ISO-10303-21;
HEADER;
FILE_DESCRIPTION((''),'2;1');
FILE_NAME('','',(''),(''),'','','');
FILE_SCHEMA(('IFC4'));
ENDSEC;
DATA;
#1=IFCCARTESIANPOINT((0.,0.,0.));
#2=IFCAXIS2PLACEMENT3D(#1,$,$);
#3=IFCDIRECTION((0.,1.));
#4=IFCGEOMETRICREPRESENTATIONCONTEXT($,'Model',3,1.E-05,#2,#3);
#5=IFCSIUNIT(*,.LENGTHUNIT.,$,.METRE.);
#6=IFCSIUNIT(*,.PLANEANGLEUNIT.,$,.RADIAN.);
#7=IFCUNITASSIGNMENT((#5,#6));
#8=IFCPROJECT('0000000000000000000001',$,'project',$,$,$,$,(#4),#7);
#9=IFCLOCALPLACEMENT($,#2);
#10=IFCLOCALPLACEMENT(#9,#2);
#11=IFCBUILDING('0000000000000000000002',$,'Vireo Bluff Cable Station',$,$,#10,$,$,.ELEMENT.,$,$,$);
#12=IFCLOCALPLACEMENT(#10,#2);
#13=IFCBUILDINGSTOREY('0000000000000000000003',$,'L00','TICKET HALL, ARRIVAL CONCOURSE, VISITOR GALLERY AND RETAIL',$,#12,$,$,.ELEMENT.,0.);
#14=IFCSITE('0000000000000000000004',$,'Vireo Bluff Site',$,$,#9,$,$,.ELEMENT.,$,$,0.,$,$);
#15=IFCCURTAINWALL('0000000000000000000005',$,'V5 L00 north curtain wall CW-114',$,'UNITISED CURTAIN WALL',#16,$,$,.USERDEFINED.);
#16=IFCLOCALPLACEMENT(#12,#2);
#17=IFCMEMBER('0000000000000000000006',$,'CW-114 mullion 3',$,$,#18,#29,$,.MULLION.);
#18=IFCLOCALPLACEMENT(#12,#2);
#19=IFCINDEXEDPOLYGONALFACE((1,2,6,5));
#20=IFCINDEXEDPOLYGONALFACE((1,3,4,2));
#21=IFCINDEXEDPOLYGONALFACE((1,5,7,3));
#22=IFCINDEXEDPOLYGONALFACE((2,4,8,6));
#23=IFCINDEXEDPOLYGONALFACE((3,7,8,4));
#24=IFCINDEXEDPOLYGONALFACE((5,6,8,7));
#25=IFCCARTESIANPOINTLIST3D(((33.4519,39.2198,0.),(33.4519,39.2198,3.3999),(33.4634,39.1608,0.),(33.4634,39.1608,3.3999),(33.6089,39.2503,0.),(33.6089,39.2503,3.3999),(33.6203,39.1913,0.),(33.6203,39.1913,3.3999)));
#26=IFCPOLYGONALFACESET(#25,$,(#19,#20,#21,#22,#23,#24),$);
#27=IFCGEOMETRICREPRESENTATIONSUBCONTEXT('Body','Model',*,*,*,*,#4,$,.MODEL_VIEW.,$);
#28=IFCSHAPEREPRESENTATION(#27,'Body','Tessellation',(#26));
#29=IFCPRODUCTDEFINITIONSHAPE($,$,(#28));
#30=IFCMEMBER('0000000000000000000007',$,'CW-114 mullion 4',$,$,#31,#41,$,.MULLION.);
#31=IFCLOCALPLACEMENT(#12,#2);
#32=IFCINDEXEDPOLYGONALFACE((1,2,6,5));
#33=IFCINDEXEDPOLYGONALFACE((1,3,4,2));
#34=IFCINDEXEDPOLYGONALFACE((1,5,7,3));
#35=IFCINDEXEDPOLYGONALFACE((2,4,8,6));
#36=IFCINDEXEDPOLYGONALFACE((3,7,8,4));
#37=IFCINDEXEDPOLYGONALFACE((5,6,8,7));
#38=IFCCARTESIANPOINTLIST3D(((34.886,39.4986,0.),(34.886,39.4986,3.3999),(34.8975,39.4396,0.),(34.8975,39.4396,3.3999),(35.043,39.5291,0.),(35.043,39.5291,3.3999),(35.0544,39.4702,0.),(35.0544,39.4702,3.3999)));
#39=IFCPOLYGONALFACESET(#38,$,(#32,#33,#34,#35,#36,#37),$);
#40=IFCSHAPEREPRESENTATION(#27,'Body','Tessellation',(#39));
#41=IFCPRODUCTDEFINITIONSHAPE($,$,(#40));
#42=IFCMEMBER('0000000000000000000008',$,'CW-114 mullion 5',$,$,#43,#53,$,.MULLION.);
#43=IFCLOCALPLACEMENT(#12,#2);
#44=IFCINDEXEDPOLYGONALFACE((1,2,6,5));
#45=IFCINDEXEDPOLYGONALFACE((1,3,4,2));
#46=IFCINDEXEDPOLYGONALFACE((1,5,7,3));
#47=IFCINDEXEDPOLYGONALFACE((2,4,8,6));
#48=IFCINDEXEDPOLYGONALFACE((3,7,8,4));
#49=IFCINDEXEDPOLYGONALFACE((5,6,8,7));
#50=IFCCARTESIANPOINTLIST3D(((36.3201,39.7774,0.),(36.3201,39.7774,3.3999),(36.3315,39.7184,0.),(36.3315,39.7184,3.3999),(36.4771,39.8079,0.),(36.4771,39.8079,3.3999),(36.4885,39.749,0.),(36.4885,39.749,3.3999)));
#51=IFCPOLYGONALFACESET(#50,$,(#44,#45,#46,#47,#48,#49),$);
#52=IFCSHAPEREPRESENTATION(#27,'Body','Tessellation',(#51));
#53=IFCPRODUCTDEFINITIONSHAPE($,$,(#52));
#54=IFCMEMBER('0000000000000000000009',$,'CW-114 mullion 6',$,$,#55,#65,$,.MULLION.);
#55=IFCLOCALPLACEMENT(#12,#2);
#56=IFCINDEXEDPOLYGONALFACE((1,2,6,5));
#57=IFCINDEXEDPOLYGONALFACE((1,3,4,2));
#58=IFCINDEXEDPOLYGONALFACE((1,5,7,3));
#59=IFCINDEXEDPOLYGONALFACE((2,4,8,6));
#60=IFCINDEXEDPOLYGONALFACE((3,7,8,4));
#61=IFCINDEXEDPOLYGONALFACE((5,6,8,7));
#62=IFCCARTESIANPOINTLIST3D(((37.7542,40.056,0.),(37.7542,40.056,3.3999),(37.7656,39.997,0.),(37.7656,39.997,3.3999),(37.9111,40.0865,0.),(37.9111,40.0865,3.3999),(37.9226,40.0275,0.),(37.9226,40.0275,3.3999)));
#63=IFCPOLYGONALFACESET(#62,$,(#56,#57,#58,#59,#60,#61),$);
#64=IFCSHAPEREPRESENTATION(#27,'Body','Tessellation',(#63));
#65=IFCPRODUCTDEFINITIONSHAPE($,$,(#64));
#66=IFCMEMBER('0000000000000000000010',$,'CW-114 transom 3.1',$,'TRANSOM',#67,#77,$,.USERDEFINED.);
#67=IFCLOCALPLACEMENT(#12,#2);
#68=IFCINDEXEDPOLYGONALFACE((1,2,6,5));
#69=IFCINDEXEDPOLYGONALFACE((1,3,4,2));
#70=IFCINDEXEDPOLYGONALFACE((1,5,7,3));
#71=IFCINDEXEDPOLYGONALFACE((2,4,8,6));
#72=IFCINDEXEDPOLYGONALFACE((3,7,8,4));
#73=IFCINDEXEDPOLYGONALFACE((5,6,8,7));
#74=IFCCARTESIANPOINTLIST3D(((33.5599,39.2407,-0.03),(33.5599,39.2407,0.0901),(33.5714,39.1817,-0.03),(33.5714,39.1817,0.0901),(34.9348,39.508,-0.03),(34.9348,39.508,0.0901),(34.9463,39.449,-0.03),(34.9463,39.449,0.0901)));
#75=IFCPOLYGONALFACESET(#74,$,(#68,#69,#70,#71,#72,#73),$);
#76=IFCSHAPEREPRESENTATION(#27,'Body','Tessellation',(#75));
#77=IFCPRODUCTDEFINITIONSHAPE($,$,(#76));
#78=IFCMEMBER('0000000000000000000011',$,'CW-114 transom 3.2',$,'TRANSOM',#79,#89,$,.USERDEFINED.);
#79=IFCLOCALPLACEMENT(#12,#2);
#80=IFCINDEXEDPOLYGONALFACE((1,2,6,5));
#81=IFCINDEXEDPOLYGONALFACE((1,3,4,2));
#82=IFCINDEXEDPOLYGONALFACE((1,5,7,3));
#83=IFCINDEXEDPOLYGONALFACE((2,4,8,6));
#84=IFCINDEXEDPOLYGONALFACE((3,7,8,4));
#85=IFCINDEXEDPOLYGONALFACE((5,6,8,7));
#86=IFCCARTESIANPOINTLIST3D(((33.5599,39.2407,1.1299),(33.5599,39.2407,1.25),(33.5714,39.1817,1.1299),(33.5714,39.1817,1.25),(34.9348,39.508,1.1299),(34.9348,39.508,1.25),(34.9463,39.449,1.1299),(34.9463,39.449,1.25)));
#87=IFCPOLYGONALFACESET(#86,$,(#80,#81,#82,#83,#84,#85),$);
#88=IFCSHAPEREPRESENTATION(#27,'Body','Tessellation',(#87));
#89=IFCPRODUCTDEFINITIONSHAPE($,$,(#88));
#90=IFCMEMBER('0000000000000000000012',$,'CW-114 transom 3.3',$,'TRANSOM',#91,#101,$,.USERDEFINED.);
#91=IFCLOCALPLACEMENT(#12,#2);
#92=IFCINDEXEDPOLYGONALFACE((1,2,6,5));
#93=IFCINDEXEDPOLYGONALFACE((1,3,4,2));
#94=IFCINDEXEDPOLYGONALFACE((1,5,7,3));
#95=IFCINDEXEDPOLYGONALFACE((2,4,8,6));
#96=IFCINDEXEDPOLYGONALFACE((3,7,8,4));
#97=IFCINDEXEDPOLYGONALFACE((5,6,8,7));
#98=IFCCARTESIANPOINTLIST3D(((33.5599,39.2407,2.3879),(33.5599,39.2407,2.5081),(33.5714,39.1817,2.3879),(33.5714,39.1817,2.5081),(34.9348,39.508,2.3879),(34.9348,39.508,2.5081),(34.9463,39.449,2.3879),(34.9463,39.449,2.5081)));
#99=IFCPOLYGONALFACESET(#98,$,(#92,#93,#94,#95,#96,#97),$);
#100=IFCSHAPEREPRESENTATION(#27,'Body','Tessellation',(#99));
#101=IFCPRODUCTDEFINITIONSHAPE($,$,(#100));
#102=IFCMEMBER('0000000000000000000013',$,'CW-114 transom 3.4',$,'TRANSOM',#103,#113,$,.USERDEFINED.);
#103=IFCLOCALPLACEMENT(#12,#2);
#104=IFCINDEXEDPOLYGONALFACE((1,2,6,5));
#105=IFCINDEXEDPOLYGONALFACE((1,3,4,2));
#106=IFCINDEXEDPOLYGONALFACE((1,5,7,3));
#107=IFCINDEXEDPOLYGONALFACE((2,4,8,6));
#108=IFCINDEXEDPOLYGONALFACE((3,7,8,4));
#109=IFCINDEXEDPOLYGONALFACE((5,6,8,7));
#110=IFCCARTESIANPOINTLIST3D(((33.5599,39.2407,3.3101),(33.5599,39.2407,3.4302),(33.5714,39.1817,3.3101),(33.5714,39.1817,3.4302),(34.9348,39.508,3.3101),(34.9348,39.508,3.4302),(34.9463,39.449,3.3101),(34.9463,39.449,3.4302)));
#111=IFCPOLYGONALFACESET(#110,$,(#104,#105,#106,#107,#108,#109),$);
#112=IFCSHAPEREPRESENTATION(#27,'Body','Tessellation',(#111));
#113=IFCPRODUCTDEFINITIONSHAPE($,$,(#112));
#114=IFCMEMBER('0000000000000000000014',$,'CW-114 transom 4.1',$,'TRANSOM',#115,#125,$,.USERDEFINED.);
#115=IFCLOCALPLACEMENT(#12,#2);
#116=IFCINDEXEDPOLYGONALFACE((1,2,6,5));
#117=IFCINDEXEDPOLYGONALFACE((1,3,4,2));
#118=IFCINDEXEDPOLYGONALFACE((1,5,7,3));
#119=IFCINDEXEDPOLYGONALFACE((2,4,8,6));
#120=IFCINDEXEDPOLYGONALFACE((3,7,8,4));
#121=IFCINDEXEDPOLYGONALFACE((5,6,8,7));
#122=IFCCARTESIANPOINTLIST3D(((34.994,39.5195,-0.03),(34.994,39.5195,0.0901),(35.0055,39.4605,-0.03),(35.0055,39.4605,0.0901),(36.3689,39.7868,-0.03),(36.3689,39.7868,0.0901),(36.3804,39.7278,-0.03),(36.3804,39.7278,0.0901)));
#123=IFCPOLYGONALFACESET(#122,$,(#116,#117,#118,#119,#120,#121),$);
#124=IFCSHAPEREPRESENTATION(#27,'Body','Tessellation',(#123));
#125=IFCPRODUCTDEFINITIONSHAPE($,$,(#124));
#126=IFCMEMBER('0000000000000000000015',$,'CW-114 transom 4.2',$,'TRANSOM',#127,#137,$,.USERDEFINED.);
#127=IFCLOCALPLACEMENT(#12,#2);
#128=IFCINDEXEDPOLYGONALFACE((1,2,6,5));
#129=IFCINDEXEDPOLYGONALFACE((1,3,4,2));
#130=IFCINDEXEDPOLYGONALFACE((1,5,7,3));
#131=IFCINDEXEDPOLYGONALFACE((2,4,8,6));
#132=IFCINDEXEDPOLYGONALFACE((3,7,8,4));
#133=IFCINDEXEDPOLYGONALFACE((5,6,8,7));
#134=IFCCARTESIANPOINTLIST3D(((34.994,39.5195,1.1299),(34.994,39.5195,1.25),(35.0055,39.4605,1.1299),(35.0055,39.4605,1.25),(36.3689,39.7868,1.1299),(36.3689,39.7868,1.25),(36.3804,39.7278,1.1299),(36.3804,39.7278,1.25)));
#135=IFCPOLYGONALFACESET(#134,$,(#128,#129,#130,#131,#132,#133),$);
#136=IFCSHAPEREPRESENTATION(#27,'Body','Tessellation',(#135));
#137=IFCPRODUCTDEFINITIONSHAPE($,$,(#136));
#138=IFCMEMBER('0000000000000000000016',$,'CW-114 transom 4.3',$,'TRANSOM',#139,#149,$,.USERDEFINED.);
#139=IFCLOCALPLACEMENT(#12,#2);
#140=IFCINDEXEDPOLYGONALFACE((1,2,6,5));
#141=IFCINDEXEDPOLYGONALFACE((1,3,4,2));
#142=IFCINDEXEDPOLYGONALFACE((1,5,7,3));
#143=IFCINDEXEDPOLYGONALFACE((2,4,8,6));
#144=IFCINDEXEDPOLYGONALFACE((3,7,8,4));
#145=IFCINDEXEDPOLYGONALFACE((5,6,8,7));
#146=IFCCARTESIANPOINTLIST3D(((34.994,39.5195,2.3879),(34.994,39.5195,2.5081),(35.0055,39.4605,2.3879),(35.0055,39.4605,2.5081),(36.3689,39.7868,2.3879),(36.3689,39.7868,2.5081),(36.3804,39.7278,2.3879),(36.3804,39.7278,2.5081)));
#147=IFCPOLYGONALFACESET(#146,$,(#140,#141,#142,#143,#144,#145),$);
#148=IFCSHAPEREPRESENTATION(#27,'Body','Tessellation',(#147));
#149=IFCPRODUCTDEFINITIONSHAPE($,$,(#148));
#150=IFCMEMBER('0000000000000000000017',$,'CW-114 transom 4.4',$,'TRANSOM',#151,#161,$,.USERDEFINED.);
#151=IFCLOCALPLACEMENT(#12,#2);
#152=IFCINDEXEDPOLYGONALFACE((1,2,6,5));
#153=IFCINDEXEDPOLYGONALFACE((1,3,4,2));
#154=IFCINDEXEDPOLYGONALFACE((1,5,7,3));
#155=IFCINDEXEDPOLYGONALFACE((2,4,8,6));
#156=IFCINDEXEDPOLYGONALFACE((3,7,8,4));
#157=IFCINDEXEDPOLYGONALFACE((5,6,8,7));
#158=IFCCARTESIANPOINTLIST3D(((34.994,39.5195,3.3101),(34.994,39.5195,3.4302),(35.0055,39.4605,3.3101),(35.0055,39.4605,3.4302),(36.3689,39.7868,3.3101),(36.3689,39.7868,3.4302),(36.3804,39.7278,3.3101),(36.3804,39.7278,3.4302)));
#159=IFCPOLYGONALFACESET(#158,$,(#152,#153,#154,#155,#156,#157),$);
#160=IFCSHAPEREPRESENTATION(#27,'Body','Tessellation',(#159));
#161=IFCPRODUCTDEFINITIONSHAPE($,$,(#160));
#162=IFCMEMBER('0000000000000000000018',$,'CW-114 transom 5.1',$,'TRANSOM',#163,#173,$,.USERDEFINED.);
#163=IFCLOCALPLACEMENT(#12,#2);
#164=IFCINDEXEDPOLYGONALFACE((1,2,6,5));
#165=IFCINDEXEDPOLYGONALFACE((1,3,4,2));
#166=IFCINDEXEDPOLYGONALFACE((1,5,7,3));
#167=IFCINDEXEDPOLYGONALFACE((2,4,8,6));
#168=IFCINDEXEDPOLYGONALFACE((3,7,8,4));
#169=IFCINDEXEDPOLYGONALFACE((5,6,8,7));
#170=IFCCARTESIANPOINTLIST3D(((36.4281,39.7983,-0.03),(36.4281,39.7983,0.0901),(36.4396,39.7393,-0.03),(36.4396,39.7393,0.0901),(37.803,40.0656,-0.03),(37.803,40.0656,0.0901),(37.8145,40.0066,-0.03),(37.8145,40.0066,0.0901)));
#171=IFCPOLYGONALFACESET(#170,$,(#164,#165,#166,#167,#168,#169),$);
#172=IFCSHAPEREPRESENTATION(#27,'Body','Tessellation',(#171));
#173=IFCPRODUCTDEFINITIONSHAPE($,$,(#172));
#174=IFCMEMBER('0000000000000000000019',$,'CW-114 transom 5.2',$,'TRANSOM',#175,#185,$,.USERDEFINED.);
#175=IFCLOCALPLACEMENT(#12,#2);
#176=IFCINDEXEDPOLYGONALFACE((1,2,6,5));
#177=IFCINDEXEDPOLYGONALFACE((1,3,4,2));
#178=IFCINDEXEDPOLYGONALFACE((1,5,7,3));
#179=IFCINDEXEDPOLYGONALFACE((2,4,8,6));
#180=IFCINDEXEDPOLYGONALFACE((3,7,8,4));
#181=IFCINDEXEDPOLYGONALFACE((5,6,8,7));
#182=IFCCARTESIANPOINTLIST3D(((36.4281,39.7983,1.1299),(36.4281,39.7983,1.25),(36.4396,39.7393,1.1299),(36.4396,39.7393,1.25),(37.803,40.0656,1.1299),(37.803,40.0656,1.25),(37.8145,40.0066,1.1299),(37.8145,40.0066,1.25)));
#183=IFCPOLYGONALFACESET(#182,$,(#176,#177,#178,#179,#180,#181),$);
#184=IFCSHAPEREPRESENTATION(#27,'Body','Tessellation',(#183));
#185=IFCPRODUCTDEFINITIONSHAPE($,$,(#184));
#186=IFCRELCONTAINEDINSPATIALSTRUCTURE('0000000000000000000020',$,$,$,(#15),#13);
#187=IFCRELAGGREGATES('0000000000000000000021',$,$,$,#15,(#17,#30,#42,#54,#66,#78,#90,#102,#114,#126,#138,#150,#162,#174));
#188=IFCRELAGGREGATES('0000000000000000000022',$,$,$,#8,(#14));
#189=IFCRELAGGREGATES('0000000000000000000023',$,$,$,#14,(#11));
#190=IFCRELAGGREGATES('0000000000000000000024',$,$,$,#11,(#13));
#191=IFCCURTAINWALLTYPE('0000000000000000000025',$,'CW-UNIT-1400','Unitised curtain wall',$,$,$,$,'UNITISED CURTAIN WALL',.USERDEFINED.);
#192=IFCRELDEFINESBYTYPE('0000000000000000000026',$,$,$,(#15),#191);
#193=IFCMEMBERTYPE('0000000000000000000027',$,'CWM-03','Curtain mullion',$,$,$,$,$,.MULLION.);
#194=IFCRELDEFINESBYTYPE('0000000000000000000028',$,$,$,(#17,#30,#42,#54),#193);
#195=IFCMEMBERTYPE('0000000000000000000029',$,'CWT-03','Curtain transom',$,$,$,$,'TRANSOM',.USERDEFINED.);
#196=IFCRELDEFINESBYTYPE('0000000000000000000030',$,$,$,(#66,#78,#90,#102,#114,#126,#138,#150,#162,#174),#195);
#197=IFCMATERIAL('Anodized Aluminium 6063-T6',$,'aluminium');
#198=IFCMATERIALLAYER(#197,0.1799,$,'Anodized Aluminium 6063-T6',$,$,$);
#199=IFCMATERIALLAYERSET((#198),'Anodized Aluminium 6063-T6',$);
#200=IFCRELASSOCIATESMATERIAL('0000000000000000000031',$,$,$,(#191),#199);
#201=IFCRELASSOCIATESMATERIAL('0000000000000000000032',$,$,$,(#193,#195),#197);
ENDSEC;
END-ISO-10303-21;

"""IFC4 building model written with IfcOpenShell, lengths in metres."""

from ifc_helpers import new_model, si_unit, direction, frame, origin, origin_2d, place, context, subcontext, project, spatial, rectangle, extrude, material, layer, layer_set, material_profile, profile_set, type_object, element, aggregate, save


model = new_model("IFC4")

# Units and contexts
model_context = context("Model", 3, precision=1e-05, world=origin(), true_north=direction((0.0, 1.0)))
body_context = subcontext(model_context, "Body", "Model", "MODEL_VIEW")
ifc_project = project(units=[si_unit("LENGTHUNIT", "METRE"), si_unit("PLANEANGLEUNIT", "RADIAN")], contexts=[model_context])

# Site, building, storey
site_placement = place(None, origin())
site = spatial("IfcSite", under=ifc_project, at=site_placement, Name="Vireo Bluff Site", CompositionType="ELEMENT", RefElevation=0.0)
building_placement = place(site_placement, origin())
building = spatial("IfcBuilding", under=site, at=building_placement, Name="Vireo Bluff Cable Station", CompositionType="ELEMENT")
storey_placement = place(building_placement, origin())
storey = spatial("IfcBuildingStorey", under=building, at=storey_placement, Name="L00", Description="TICKET HALL, ARRIVAL CONCOURSE, VISITOR GALLERY AND RETAIL", CompositionType="ELEMENT", Elevation=0.0)

# Curtain wall, members
ifc_material_1 = material(Name="Anodized Aluminium 6063-T6", Category="aluminium")
ifc_layer_1 = layer(ifc_material_1, 0.1799, Name="Anodized Aluminium 6063-T6")
ifc_layer_set_1 = layer_set([ifc_layer_1], Name="Anodized Aluminium 6063-T6")
curtain_wall_type = type_object("IfcCurtainWallType", Name="CW-UNIT-1400", Description="Unitised curtain wall", ElementType="UNITISED CURTAIN WALL", PredefinedType="USERDEFINED", material=ifc_layer_set_1)
curtain_wall_placement = place(storey_placement, origin())
curtain_wall = element("IfcCurtainWall", 1, at=curtain_wall_placement, inside=storey, type_object=curtain_wall_type, Name="V5 L00 north curtain wall CW-114", ObjectType="UNITISED CURTAIN WALL", PredefinedType="USERDEFINED")
ifc_material_profile_1 = material_profile(ifc_material_1, rectangle(XDim=0.0601, YDim=0.1599, at=origin_2d()), Name="ALU-M-60X160")
ifc_profile_set_1 = profile_set([ifc_material_profile_1], Name="Anodized Aluminium 6063-T6")
member_type_1 = type_object("IfcMemberType", Name="CWM-03", Description="Curtain mullion", PredefinedType="MULLION", material=ifc_profile_set_1)
member_1_placement = place(storey_placement, frame((33.5361, 39.2056, 0.0), z_axis=(0.0, 0.0, 1.0), x_axis=(-0.190809, 0.981627, 0.0)))
member_1 = element("IfcMember", 2, at=member_1_placement, type_object=member_type_1, Name="CW-114 mullion 3", PredefinedType="MULLION", context=body_context, shape_type="SweptSolid", body=[
    extrude(rectangle(XDim=0.0601, YDim=0.1599, at=origin_2d()), origin(), (0.0, 0.0, 1.0), 3.3999),
])
member_2_placement = place(storey_placement, frame((34.9702, 39.4844, 0.0), z_axis=(0.0, 0.0, 1.0), x_axis=(-0.190809, 0.981627, 0.0)))
member_2 = element("IfcMember", 3, at=member_2_placement, type_object=member_type_1, Name="CW-114 mullion 4", PredefinedType="MULLION", context=body_context, shape_type="SweptSolid", body=[
    extrude(rectangle(XDim=0.0601, YDim=0.1599, at=origin_2d()), origin(), (0.0, 0.0, 1.0), 3.3999),
])
member_3_placement = place(storey_placement, frame((36.4043, 39.7632, 0.0), z_axis=(0.0, 0.0, 1.0), x_axis=(-0.190809, 0.981627, 0.0)))
member_3 = element("IfcMember", 4, at=member_3_placement, type_object=member_type_1, Name="CW-114 mullion 5", PredefinedType="MULLION", context=body_context, shape_type="SweptSolid", body=[
    extrude(rectangle(XDim=0.0601, YDim=0.1599, at=origin_2d()), origin(), (0.0, 0.0, 1.0), 3.3999),
])
member_4_placement = place(storey_placement, frame((37.8384, 40.0417, 0.0), z_axis=(0.0, 0.0, 1.0), x_axis=(-0.190809, 0.981627, 0.0)))
member_4 = element("IfcMember", 5, at=member_4_placement, type_object=member_type_1, Name="CW-114 mullion 6", PredefinedType="MULLION", context=body_context, shape_type="SweptSolid", body=[
    extrude(rectangle(XDim=0.0601, YDim=0.1599, at=origin_2d()), origin(), (0.0, 0.0, 1.0), 3.3999),
])
ifc_material_profile_2 = material_profile(ifc_material_1, rectangle(XDim=0.0601, YDim=0.1201, at=origin_2d()), Name="ALU-T-60X120")
ifc_profile_set_2 = profile_set([ifc_material_profile_2], Name="Anodized Aluminium 6063-T6")
member_type_2 = type_object("IfcMemberType", Name="CWT-03", Description="Curtain transom", ElementType="TRANSOM", PredefinedType="USERDEFINED", material=ifc_profile_set_2)
member_5_placement = place(storey_placement, frame((33.5657, 39.2112, 0.03), z_axis=(0.981619, 0.190851, 0.0), x_axis=(-0.190851, 0.981619, 0.0)))
member_5 = element("IfcMember", 6, at=member_5_placement, type_object=member_type_2, Name="CW-114 transom 3.1", ObjectType="TRANSOM", PredefinedType="USERDEFINED", context=body_context, shape_type="SweptSolid", body=[
    extrude(rectangle(XDim=0.0601, YDim=0.1201, at=origin_2d()), origin(), (0.0, 0.0, 1.0), 1.4006),
])
member_6_placement = place(storey_placement, frame((33.5657, 39.2112, 1.1899), z_axis=(0.981619, 0.190851, 0.0), x_axis=(-0.190851, 0.981619, 0.0)))
member_6 = element("IfcMember", 7, at=member_6_placement, type_object=member_type_2, Name="CW-114 transom 3.2", ObjectType="TRANSOM", PredefinedType="USERDEFINED", context=body_context, shape_type="SweptSolid", body=[
    extrude(rectangle(XDim=0.0601, YDim=0.1201, at=origin_2d()), origin(), (0.0, 0.0, 1.0), 1.4006),
])
member_7_placement = place(storey_placement, frame((33.5657, 39.2112, 2.448), z_axis=(0.981619, 0.190851, 0.0), x_axis=(-0.190851, 0.981619, 0.0)))
member_7 = element("IfcMember", 8, at=member_7_placement, type_object=member_type_2, Name="CW-114 transom 3.3", ObjectType="TRANSOM", PredefinedType="USERDEFINED", context=body_context, shape_type="SweptSolid", body=[
    extrude(rectangle(XDim=0.0601, YDim=0.1201, at=origin_2d()), origin(), (0.0, 0.0, 1.0), 1.4006),
])
member_8_placement = place(storey_placement, frame((33.5657, 39.2112, 3.3701), z_axis=(0.981619, 0.190851, 0.0), x_axis=(-0.190851, 0.981619, 0.0)))
member_8 = element("IfcMember", 9, at=member_8_placement, type_object=member_type_2, Name="CW-114 transom 3.4", ObjectType="TRANSOM", PredefinedType="USERDEFINED", context=body_context, shape_type="SweptSolid", body=[
    extrude(rectangle(XDim=0.0601, YDim=0.1201, at=origin_2d()), origin(), (0.0, 0.0, 1.0), 1.4006),
])
member_9_placement = place(storey_placement, frame((34.9998, 39.49, 0.03), z_axis=(0.981619, 0.190851, 0.0), x_axis=(-0.190851, 0.981619, 0.0)))
member_9 = element("IfcMember", 10, at=member_9_placement, type_object=member_type_2, Name="CW-114 transom 4.1", ObjectType="TRANSOM", PredefinedType="USERDEFINED", context=body_context, shape_type="SweptSolid", body=[
    extrude(rectangle(XDim=0.0601, YDim=0.1201, at=origin_2d()), origin(), (0.0, 0.0, 1.0), 1.4006),
])
member_10_placement = place(storey_placement, frame((34.9998, 39.49, 1.1899), z_axis=(0.981619, 0.190851, 0.0), x_axis=(-0.190851, 0.981619, 0.0)))
member_10 = element("IfcMember", 11, at=member_10_placement, type_object=member_type_2, Name="CW-114 transom 4.2", ObjectType="TRANSOM", PredefinedType="USERDEFINED", context=body_context, shape_type="SweptSolid", body=[
    extrude(rectangle(XDim=0.0601, YDim=0.1201, at=origin_2d()), origin(), (0.0, 0.0, 1.0), 1.4006),
])
member_11_placement = place(storey_placement, frame((34.9998, 39.49, 2.448), z_axis=(0.981619, 0.190851, 0.0), x_axis=(-0.190851, 0.981619, 0.0)))
member_11 = element("IfcMember", 12, at=member_11_placement, type_object=member_type_2, Name="CW-114 transom 4.3", ObjectType="TRANSOM", PredefinedType="USERDEFINED", context=body_context, shape_type="SweptSolid", body=[
    extrude(rectangle(XDim=0.0601, YDim=0.1201, at=origin_2d()), origin(), (0.0, 0.0, 1.0), 1.4006),
])
member_12_placement = place(storey_placement, frame((34.9998, 39.49, 3.3701), z_axis=(0.981619, 0.190851, 0.0), x_axis=(-0.190851, 0.981619, 0.0)))
member_12 = element("IfcMember", 13, at=member_12_placement, type_object=member_type_2, Name="CW-114 transom 4.4", ObjectType="TRANSOM", PredefinedType="USERDEFINED", context=body_context, shape_type="SweptSolid", body=[
    extrude(rectangle(XDim=0.0601, YDim=0.1201, at=origin_2d()), origin(), (0.0, 0.0, 1.0), 1.4006),
])
member_13_placement = place(storey_placement, frame((36.4338, 39.7688, 0.03), z_axis=(0.981619, 0.190851, 0.0), x_axis=(-0.190851, 0.981619, 0.0)))
member_13 = element("IfcMember", 14, at=member_13_placement, type_object=member_type_2, Name="CW-114 transom 5.1", ObjectType="TRANSOM", PredefinedType="USERDEFINED", context=body_context, shape_type="SweptSolid", body=[
    extrude(rectangle(XDim=0.0601, YDim=0.1201, at=origin_2d()), origin(), (0.0, 0.0, 1.0), 1.4006),
])
member_14_placement = place(storey_placement, frame((36.4338, 39.7688, 1.1899), z_axis=(0.981619, 0.190851, 0.0), x_axis=(-0.190851, 0.981619, 0.0)))
member_14 = element("IfcMember", 15, at=member_14_placement, type_object=member_type_2, Name="CW-114 transom 5.2", ObjectType="TRANSOM", PredefinedType="USERDEFINED", context=body_context, shape_type="SweptSolid", body=[
    extrude(rectangle(XDim=0.0601, YDim=0.1201, at=origin_2d()), origin(), (0.0, 0.0, 1.0), 1.4006),
])
aggregate(curtain_wall, [member_1, member_2, member_3, member_4, member_5, member_6, member_7, member_8, member_9, member_10, member_11, member_12, member_13, member_14])

save(model, "model.ifc")
